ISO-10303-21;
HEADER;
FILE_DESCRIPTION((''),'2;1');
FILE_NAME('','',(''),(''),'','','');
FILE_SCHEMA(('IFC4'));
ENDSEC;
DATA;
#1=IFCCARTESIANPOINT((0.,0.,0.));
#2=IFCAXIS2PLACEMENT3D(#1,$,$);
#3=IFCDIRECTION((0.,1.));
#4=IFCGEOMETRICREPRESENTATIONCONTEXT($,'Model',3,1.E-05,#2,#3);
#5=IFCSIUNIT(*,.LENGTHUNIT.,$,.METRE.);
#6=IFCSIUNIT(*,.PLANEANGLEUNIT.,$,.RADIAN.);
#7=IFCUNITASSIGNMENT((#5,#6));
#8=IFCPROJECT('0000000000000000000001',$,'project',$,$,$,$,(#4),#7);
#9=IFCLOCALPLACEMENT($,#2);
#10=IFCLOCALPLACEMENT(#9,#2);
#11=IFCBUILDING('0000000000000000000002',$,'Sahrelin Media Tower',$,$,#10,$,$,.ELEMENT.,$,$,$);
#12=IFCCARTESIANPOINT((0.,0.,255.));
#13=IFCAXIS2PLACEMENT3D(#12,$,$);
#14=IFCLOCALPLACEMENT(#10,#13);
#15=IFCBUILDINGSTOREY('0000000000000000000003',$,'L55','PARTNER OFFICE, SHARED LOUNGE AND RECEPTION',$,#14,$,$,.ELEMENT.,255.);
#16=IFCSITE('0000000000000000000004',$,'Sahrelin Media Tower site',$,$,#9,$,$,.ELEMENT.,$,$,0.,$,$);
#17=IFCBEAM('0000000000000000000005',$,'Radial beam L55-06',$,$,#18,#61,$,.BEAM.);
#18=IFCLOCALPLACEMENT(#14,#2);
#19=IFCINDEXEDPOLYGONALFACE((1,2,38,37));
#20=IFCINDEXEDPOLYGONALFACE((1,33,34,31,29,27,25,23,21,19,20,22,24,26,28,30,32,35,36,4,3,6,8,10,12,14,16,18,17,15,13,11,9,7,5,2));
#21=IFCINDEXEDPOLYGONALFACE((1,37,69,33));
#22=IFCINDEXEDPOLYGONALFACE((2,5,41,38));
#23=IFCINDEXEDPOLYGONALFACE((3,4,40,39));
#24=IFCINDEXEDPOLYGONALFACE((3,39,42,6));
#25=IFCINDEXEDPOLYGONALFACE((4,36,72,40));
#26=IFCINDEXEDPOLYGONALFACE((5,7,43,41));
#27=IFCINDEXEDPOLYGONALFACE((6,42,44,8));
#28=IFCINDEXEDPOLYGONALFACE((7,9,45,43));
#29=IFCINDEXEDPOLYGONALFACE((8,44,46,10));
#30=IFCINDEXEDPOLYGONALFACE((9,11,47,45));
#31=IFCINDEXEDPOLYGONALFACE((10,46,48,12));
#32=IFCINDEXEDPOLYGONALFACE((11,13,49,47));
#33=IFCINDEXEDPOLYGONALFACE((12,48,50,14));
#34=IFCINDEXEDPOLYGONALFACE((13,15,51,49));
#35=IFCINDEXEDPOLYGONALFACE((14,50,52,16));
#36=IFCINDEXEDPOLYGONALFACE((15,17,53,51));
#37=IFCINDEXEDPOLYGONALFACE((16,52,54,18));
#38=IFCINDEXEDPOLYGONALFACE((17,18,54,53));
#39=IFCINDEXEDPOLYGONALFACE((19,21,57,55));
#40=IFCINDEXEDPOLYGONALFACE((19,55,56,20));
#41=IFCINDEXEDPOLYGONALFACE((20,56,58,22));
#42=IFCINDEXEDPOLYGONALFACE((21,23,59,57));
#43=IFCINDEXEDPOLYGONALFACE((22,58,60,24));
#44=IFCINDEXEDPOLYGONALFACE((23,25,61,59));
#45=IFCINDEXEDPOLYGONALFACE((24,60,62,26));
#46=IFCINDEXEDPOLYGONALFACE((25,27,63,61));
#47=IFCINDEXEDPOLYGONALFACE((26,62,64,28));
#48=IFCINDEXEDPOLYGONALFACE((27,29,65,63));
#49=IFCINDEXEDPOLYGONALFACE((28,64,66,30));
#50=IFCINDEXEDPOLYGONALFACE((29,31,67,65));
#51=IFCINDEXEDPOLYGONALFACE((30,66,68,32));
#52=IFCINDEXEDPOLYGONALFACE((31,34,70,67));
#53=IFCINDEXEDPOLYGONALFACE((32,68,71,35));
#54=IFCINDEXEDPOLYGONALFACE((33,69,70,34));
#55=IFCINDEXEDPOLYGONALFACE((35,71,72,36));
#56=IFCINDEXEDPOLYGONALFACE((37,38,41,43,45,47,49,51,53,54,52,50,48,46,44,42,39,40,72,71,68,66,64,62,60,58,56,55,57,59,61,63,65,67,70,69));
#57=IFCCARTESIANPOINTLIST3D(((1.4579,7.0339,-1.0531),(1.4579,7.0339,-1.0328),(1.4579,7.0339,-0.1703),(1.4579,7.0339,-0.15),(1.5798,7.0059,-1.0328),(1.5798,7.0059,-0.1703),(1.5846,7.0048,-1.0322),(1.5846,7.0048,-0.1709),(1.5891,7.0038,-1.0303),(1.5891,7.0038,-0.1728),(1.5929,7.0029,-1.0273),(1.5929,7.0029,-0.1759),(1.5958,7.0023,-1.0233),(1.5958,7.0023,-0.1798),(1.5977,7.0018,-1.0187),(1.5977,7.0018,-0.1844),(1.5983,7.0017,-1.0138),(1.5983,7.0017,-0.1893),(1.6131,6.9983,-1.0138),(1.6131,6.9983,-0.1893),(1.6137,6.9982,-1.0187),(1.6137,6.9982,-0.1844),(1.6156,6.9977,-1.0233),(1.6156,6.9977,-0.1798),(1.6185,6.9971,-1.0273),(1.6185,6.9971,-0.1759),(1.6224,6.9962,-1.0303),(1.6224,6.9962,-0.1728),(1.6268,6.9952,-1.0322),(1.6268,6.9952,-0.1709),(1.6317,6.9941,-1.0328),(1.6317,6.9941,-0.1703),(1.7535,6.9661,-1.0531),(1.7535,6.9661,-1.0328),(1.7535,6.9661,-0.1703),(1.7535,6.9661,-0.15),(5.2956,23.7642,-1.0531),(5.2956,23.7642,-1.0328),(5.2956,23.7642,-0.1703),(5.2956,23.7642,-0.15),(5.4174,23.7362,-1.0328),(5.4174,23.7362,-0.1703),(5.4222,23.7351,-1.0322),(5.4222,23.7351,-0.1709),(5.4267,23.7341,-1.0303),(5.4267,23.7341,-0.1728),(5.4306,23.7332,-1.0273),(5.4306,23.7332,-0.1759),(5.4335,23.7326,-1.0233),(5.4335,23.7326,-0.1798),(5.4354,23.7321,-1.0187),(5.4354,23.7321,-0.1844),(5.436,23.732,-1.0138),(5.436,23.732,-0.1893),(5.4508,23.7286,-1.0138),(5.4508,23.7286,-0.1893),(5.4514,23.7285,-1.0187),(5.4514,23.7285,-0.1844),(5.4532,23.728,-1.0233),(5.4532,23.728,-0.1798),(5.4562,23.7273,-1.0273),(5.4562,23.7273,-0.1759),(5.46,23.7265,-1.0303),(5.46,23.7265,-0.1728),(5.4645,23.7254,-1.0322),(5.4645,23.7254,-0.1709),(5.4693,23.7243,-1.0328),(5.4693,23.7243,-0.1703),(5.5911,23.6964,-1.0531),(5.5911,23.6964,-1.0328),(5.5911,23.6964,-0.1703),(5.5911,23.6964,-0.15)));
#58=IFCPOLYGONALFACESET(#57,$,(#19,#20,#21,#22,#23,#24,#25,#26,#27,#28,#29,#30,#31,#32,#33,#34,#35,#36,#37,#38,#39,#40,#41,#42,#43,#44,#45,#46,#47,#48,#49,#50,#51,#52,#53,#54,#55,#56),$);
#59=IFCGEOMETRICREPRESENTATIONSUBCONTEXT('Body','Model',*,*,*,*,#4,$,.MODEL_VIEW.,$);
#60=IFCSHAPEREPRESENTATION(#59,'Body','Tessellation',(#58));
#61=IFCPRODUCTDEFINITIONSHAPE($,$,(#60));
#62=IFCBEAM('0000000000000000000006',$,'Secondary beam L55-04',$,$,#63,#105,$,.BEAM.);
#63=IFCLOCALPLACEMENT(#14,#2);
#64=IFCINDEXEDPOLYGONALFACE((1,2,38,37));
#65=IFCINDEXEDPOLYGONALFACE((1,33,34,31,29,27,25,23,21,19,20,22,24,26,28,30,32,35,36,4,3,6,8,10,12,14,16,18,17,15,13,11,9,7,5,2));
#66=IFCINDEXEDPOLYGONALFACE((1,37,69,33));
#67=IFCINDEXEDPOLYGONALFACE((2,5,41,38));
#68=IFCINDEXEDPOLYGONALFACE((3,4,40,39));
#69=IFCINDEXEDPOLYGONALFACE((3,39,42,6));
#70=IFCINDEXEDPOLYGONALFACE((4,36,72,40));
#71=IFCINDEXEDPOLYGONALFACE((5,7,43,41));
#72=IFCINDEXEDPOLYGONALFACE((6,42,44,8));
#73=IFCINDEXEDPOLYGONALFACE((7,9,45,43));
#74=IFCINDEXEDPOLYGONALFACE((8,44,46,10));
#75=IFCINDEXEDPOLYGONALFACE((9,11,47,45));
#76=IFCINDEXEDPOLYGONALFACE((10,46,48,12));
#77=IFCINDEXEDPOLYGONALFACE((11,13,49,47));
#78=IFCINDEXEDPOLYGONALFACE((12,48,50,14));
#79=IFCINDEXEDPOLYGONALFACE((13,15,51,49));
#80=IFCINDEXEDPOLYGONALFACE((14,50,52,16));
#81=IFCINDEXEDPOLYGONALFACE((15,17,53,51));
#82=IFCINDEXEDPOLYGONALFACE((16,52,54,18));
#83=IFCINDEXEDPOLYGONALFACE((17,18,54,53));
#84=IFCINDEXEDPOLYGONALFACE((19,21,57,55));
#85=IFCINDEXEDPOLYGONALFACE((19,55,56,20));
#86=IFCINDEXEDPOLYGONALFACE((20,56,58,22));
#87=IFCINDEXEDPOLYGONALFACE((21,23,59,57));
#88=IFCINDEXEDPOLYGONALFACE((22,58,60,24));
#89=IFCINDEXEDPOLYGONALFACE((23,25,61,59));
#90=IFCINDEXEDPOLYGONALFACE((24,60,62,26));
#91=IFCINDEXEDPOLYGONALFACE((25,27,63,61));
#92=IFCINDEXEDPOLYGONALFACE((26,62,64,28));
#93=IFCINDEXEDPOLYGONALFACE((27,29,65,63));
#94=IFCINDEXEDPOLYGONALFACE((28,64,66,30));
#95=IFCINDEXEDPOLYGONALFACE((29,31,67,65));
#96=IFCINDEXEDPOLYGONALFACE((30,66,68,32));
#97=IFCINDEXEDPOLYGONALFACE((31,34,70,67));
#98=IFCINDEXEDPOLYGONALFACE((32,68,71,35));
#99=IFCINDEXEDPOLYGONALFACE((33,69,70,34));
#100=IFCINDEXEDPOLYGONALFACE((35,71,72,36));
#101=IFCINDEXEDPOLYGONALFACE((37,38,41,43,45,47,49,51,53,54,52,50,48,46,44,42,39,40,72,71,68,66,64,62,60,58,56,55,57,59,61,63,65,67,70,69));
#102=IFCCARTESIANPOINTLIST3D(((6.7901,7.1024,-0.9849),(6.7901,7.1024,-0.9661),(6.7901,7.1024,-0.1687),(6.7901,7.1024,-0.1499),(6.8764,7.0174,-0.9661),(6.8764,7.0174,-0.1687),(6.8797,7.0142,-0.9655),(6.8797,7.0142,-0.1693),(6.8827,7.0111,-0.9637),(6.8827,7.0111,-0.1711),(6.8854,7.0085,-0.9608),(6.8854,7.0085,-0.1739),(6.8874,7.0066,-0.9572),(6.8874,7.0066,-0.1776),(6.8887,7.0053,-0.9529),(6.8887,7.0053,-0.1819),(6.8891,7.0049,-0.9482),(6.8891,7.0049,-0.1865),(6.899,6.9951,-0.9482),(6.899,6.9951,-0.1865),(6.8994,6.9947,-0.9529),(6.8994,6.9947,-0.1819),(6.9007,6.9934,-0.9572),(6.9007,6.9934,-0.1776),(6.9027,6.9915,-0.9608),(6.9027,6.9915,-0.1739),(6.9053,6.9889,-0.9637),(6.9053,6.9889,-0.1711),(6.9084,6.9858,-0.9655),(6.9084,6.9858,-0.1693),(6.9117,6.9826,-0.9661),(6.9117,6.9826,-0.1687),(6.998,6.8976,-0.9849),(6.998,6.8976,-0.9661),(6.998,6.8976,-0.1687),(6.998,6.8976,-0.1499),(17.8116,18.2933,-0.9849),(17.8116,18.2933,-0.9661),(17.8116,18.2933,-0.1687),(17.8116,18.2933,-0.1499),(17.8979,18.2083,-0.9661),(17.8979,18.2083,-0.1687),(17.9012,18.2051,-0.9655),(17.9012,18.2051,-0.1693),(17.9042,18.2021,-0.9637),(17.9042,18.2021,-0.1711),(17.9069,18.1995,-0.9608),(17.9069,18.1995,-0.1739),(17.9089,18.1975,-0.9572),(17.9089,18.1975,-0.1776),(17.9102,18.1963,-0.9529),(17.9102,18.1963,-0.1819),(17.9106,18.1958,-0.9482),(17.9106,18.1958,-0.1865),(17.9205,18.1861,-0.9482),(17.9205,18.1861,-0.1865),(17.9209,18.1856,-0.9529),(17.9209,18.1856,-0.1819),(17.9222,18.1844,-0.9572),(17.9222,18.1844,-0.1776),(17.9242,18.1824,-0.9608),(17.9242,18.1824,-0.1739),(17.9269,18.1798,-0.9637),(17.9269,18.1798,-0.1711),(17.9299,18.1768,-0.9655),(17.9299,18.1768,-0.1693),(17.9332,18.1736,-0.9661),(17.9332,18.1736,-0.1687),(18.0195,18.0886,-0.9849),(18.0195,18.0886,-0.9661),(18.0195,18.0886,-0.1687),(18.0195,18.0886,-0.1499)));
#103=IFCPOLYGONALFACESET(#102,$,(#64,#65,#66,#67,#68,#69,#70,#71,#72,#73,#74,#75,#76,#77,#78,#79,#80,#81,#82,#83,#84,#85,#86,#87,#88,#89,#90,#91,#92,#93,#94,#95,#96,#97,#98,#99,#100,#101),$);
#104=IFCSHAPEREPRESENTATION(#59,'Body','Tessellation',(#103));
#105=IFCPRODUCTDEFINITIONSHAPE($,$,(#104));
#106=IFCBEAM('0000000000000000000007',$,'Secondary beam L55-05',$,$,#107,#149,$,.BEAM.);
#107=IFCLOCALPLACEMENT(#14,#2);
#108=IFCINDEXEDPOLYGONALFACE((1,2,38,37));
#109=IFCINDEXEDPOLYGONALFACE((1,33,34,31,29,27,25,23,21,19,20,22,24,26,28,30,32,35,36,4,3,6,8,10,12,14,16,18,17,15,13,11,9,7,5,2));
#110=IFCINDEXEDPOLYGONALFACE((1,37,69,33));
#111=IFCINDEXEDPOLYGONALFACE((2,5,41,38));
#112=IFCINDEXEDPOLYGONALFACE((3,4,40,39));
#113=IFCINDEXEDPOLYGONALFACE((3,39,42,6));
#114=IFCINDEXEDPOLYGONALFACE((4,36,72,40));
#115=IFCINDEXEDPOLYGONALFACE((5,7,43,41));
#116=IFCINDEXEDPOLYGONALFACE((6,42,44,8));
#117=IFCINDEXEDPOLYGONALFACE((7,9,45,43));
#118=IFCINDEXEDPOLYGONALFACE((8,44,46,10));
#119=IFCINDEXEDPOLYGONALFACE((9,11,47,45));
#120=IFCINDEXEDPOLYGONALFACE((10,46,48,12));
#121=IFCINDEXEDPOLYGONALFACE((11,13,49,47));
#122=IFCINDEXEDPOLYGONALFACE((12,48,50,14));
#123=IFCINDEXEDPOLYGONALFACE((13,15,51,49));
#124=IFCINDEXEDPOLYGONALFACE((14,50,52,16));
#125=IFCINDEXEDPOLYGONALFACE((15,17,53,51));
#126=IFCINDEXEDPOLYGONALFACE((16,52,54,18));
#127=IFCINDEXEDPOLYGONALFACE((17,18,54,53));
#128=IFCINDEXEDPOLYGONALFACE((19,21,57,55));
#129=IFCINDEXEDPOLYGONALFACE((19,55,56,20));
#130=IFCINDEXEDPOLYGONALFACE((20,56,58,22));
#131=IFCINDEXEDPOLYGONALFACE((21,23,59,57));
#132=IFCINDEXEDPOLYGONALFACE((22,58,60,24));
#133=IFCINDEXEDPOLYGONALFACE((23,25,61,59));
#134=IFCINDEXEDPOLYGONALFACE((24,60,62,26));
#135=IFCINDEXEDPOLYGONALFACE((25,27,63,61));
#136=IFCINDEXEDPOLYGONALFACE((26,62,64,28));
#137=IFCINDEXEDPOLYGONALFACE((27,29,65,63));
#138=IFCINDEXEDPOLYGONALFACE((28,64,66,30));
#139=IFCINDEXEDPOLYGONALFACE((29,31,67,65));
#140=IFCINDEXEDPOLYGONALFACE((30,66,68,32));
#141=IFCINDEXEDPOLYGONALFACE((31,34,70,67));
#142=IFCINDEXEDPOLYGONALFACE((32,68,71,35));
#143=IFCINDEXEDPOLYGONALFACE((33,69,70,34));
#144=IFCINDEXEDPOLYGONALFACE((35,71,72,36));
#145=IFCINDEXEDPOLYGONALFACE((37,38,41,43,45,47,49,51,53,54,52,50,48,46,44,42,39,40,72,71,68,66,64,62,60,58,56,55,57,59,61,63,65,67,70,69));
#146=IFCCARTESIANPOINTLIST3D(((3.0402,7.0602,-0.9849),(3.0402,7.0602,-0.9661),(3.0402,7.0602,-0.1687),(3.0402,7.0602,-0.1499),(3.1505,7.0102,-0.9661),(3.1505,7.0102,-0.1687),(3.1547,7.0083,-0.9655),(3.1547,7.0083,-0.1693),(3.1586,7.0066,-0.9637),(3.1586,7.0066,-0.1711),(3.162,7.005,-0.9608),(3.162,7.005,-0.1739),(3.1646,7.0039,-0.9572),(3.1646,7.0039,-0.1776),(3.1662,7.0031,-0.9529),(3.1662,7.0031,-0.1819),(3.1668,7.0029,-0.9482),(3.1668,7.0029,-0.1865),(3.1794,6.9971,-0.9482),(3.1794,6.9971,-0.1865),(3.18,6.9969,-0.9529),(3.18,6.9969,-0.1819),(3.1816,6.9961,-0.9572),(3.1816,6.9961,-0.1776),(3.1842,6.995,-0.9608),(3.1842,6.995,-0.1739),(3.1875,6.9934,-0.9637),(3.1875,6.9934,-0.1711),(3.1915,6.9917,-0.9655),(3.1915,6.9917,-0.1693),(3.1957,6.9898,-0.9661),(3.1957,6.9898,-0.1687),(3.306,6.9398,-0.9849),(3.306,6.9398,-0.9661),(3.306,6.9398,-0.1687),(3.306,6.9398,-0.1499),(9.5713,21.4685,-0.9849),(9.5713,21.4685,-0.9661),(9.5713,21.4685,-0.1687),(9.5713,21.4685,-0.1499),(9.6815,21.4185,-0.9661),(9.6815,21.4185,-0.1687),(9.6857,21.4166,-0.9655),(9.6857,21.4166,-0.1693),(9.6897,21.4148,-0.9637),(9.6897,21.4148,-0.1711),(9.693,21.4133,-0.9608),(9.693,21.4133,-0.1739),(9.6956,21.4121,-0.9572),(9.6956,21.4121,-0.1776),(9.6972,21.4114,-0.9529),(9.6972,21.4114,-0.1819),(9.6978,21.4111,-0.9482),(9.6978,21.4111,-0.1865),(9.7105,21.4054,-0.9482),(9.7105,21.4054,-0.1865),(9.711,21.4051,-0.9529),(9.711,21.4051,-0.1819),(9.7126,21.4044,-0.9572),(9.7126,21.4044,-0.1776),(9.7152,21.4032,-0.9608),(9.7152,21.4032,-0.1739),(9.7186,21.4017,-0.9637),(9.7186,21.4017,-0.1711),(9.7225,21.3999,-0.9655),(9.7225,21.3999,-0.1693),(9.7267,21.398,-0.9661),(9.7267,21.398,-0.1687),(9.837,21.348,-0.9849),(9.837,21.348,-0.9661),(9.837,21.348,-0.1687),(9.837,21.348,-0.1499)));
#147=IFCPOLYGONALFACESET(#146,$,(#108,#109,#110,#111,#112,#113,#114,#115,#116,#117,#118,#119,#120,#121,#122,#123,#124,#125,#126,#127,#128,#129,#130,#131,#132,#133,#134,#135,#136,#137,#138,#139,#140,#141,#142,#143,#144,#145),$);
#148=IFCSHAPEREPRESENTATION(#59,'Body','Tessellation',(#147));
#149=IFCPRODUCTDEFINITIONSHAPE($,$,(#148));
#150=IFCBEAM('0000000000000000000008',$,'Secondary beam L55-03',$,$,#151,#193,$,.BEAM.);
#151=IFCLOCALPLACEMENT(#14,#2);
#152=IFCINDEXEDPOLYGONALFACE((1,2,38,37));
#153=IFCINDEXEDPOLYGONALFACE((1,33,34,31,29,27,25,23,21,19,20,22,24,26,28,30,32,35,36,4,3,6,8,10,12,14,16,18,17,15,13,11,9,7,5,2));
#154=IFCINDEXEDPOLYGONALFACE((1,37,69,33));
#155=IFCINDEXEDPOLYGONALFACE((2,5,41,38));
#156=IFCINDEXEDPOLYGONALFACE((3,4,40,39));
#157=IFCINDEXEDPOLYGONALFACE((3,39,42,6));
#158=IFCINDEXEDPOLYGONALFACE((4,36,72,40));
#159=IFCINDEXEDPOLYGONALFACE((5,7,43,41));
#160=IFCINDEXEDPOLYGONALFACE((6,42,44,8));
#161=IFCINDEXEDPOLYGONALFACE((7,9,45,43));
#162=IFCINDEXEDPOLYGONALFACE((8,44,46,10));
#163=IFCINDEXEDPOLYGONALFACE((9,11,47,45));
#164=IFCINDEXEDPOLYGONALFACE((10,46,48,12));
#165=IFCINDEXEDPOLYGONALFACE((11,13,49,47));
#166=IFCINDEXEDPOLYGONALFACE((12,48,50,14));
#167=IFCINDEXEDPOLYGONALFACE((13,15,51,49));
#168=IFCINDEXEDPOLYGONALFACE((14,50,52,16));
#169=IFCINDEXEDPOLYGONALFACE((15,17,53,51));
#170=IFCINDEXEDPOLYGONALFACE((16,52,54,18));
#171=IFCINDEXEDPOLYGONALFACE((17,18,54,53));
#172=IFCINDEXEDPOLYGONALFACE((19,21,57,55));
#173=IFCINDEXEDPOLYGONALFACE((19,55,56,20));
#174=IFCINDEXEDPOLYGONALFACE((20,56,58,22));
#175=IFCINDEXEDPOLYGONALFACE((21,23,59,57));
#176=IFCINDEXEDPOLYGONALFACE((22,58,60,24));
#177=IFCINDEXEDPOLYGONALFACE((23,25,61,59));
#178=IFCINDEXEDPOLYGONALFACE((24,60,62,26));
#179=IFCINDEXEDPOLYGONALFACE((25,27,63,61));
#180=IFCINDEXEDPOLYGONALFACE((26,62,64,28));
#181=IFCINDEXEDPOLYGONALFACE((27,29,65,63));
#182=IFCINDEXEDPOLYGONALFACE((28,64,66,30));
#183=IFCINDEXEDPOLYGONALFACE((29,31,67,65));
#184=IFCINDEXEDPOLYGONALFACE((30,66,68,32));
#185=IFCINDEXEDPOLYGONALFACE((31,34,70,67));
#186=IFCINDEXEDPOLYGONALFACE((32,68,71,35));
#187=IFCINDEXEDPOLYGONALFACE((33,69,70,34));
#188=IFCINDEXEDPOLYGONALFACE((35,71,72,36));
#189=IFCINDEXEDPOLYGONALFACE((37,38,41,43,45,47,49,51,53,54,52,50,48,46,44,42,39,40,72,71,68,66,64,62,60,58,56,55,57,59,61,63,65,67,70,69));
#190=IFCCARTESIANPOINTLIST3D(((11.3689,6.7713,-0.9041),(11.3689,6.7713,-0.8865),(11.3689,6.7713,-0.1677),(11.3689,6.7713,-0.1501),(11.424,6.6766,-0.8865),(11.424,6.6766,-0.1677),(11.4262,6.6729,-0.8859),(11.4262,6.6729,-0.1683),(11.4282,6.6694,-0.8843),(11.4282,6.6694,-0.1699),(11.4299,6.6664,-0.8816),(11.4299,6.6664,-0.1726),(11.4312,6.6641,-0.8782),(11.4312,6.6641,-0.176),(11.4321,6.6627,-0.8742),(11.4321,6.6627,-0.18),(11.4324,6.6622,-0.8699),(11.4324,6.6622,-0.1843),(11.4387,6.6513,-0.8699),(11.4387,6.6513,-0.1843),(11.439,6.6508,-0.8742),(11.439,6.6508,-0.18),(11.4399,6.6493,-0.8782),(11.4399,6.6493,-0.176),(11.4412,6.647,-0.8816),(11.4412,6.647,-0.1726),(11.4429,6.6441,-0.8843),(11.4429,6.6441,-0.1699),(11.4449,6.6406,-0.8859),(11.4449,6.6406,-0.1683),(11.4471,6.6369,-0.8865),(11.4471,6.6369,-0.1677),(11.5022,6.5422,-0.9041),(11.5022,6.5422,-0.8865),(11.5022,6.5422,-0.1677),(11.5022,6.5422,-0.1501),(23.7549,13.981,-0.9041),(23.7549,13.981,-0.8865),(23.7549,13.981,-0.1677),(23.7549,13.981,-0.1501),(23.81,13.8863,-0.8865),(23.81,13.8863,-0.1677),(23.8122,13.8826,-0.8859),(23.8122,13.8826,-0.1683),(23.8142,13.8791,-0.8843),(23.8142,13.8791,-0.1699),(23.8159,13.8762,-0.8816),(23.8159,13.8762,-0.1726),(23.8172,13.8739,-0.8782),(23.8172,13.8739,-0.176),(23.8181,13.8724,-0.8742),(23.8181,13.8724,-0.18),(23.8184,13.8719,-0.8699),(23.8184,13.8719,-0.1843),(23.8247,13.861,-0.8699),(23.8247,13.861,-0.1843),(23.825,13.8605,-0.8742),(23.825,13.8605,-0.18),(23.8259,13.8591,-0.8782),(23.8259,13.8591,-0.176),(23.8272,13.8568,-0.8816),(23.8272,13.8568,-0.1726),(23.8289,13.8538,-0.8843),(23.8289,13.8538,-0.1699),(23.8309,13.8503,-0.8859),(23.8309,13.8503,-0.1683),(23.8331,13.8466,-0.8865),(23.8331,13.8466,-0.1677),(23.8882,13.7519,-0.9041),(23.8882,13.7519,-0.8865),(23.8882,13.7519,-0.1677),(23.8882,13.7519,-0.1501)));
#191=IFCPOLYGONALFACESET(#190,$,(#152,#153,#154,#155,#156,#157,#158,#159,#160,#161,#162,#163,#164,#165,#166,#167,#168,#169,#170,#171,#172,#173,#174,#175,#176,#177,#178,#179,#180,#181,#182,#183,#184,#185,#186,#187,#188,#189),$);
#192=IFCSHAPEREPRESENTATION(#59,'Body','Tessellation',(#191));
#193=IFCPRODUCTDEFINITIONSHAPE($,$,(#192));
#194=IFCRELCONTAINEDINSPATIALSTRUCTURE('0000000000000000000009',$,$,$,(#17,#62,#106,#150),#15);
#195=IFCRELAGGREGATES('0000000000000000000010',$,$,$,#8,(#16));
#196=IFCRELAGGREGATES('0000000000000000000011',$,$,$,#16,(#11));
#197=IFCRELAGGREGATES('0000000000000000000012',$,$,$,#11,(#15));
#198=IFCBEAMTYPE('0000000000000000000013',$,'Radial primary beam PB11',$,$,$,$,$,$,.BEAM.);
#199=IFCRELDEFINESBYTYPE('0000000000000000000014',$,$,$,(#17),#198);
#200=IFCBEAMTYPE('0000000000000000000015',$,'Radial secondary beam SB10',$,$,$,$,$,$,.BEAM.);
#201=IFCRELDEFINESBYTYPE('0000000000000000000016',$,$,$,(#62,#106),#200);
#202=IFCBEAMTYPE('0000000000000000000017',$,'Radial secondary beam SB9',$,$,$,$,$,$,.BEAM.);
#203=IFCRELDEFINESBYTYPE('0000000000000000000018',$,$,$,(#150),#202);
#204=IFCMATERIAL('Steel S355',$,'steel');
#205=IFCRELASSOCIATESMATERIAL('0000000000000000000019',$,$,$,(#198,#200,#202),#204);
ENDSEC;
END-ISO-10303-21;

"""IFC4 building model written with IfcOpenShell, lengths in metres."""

from ifc_helpers import new_model, si_unit, direction, frame, origin, origin_2d, place, context, subcontext, project, spatial, i_section, extrude, material, material_profile, profile_set, type_object, element, save


model = new_model("IFC4")

# Units and contexts
model_context = context("Model", 3, precision=1e-05, world=origin(), true_north=direction((0.0, 1.0)))
body_context = subcontext(model_context, "Body", "Model", "MODEL_VIEW")
ifc_project = project(units=[si_unit("LENGTHUNIT", "METRE"), si_unit("PLANEANGLEUNIT", "RADIAN")], contexts=[model_context])

# Site, building, storey
site_placement = place(None, origin())
site = spatial("IfcSite", under=ifc_project, at=site_placement, Name="Sahrelin Media Tower site", CompositionType="ELEMENT", RefElevation=0.0)
building_placement = place(site_placement, origin())
building = spatial("IfcBuilding", under=site, at=building_placement, Name="Sahrelin Media Tower", CompositionType="ELEMENT")
storey_placement = place(building_placement, frame((0.0, 0.0, 255.0)))
storey = spatial("IfcBuildingStorey", under=building, at=storey_placement, Name="L55", Description="PARTNER OFFICE, SHARED LOUNGE AND RECEPTION", CompositionType="ELEMENT", Elevation=255.0)

# Shared definitions
ifc_material_1 = material(Name="Steel S355", Category="steel")

# Beams
ifc_material_profile_1 = material_profile(ifc_material_1, i_section(OverallWidth=0.3032, OverallDepth=0.9031, WebThickness=0.0151, FlangeThickness=0.0203, FilletRadius=0.019, at=origin_2d()), Name="UB 914x305x201")
ifc_profile_set_1 = profile_set([ifc_material_profile_1], Name="Steel S355")
beam_type_1 = type_object("IfcBeamType", Name="Radial primary beam PB11", PredefinedType="BEAM", material=ifc_profile_set_1)
beam_1_placement = place(storey_placement, frame((1.6057, 7.0, -0.6016), z_axis=(0.223577, 0.974686, 0.0), x_axis=(-0.974686, 0.223577, 0.0)))
element("IfcBeam", 1, at=beam_1_placement, inside=storey, type_object=beam_type_1, Name="Radial beam L55-06", PredefinedType="BEAM", context=body_context, shape_type="SweptSolid", body=[
    extrude(i_section(OverallWidth=0.3032, OverallDepth=0.9031, WebThickness=0.0151, FlangeThickness=0.0203, FilletRadius=0.019, at=origin_2d()), origin(), (0.0, 0.0, 1.0), 17.1648),
])
ifc_material_profile_2 = material_profile(ifc_material_1, i_section(OverallWidth=0.2917, OverallDepth=0.835, WebThickness=0.0139, FlangeThickness=0.0188, FilletRadius=0.0178, at=origin_2d()), Name="UB 838x292x176")
ifc_profile_set_2 = profile_set([ifc_material_profile_2], Name="Steel S355")
beam_type_2 = type_object("IfcBeamType", Name="Radial secondary beam SB10", PredefinedType="BEAM", material=ifc_profile_set_2)
beam_2_placement = place(storey_placement, frame((6.894, 7.0, -0.5674), z_axis=(0.701693, 0.71248, 0.0), x_axis=(-0.71248, 0.701693, 0.0)))
element("IfcBeam", 2, at=beam_2_placement, inside=storey, type_object=beam_type_2, Name="Secondary beam L55-04", PredefinedType="BEAM", context=body_context, shape_type="SweptSolid", body=[
    extrude(i_section(OverallWidth=0.2917, OverallDepth=0.835, WebThickness=0.0139, FlangeThickness=0.0188, FilletRadius=0.0178, at=origin_2d()), origin(), (0.0, 0.0, 1.0), 15.707),
])
beam_3_placement = place(storey_placement, frame((3.1731, 7.0, -0.5674), z_axis=(0.41285, 0.910799, 0.0), x_axis=(-0.910799, 0.41285, 0.0)))
element("IfcBeam", 3, at=beam_3_placement, inside=storey, type_object=beam_type_2, Name="Secondary beam L55-05", PredefinedType="BEAM", context=body_context, shape_type="SweptSolid", body=[
    extrude(i_section(OverallWidth=0.2917, OverallDepth=0.835, WebThickness=0.0139, FlangeThickness=0.0188, FilletRadius=0.0178, at=origin_2d()), origin(), (0.0, 0.0, 1.0), 15.8193),
])
ifc_material_profile_3 = material_profile(ifc_material_1, i_section(OverallWidth=0.2651, OverallDepth=0.7539, WebThickness=0.0127, FlangeThickness=0.0176, FilletRadius=0.0166, at=origin_2d()), Name="UB 762x267x147")
ifc_profile_set_3 = profile_set([ifc_material_profile_3], Name="Steel S355")
beam_type_3 = type_object("IfcBeamType", Name="Radial secondary beam SB9", PredefinedType="BEAM", material=ifc_profile_set_3)
beam_4_placement = place(storey_placement, frame((11.4355, 6.6567, -0.5271), z_axis=(0.864247, 0.503067, 0.0), x_axis=(-0.503067, 0.864247, 0.0)))
element("IfcBeam", 4, at=beam_4_placement, inside=storey, type_object=beam_type_3, Name="Secondary beam L55-03", PredefinedType="BEAM", context=body_context, shape_type="SweptSolid", body=[
    extrude(i_section(OverallWidth=0.2651, OverallDepth=0.7539, WebThickness=0.0127, FlangeThickness=0.0176, FilletRadius=0.0166, at=origin_2d()), origin(), (0.0, 0.0, 1.0), 14.3315),
])

save(model, "model.ifc")
